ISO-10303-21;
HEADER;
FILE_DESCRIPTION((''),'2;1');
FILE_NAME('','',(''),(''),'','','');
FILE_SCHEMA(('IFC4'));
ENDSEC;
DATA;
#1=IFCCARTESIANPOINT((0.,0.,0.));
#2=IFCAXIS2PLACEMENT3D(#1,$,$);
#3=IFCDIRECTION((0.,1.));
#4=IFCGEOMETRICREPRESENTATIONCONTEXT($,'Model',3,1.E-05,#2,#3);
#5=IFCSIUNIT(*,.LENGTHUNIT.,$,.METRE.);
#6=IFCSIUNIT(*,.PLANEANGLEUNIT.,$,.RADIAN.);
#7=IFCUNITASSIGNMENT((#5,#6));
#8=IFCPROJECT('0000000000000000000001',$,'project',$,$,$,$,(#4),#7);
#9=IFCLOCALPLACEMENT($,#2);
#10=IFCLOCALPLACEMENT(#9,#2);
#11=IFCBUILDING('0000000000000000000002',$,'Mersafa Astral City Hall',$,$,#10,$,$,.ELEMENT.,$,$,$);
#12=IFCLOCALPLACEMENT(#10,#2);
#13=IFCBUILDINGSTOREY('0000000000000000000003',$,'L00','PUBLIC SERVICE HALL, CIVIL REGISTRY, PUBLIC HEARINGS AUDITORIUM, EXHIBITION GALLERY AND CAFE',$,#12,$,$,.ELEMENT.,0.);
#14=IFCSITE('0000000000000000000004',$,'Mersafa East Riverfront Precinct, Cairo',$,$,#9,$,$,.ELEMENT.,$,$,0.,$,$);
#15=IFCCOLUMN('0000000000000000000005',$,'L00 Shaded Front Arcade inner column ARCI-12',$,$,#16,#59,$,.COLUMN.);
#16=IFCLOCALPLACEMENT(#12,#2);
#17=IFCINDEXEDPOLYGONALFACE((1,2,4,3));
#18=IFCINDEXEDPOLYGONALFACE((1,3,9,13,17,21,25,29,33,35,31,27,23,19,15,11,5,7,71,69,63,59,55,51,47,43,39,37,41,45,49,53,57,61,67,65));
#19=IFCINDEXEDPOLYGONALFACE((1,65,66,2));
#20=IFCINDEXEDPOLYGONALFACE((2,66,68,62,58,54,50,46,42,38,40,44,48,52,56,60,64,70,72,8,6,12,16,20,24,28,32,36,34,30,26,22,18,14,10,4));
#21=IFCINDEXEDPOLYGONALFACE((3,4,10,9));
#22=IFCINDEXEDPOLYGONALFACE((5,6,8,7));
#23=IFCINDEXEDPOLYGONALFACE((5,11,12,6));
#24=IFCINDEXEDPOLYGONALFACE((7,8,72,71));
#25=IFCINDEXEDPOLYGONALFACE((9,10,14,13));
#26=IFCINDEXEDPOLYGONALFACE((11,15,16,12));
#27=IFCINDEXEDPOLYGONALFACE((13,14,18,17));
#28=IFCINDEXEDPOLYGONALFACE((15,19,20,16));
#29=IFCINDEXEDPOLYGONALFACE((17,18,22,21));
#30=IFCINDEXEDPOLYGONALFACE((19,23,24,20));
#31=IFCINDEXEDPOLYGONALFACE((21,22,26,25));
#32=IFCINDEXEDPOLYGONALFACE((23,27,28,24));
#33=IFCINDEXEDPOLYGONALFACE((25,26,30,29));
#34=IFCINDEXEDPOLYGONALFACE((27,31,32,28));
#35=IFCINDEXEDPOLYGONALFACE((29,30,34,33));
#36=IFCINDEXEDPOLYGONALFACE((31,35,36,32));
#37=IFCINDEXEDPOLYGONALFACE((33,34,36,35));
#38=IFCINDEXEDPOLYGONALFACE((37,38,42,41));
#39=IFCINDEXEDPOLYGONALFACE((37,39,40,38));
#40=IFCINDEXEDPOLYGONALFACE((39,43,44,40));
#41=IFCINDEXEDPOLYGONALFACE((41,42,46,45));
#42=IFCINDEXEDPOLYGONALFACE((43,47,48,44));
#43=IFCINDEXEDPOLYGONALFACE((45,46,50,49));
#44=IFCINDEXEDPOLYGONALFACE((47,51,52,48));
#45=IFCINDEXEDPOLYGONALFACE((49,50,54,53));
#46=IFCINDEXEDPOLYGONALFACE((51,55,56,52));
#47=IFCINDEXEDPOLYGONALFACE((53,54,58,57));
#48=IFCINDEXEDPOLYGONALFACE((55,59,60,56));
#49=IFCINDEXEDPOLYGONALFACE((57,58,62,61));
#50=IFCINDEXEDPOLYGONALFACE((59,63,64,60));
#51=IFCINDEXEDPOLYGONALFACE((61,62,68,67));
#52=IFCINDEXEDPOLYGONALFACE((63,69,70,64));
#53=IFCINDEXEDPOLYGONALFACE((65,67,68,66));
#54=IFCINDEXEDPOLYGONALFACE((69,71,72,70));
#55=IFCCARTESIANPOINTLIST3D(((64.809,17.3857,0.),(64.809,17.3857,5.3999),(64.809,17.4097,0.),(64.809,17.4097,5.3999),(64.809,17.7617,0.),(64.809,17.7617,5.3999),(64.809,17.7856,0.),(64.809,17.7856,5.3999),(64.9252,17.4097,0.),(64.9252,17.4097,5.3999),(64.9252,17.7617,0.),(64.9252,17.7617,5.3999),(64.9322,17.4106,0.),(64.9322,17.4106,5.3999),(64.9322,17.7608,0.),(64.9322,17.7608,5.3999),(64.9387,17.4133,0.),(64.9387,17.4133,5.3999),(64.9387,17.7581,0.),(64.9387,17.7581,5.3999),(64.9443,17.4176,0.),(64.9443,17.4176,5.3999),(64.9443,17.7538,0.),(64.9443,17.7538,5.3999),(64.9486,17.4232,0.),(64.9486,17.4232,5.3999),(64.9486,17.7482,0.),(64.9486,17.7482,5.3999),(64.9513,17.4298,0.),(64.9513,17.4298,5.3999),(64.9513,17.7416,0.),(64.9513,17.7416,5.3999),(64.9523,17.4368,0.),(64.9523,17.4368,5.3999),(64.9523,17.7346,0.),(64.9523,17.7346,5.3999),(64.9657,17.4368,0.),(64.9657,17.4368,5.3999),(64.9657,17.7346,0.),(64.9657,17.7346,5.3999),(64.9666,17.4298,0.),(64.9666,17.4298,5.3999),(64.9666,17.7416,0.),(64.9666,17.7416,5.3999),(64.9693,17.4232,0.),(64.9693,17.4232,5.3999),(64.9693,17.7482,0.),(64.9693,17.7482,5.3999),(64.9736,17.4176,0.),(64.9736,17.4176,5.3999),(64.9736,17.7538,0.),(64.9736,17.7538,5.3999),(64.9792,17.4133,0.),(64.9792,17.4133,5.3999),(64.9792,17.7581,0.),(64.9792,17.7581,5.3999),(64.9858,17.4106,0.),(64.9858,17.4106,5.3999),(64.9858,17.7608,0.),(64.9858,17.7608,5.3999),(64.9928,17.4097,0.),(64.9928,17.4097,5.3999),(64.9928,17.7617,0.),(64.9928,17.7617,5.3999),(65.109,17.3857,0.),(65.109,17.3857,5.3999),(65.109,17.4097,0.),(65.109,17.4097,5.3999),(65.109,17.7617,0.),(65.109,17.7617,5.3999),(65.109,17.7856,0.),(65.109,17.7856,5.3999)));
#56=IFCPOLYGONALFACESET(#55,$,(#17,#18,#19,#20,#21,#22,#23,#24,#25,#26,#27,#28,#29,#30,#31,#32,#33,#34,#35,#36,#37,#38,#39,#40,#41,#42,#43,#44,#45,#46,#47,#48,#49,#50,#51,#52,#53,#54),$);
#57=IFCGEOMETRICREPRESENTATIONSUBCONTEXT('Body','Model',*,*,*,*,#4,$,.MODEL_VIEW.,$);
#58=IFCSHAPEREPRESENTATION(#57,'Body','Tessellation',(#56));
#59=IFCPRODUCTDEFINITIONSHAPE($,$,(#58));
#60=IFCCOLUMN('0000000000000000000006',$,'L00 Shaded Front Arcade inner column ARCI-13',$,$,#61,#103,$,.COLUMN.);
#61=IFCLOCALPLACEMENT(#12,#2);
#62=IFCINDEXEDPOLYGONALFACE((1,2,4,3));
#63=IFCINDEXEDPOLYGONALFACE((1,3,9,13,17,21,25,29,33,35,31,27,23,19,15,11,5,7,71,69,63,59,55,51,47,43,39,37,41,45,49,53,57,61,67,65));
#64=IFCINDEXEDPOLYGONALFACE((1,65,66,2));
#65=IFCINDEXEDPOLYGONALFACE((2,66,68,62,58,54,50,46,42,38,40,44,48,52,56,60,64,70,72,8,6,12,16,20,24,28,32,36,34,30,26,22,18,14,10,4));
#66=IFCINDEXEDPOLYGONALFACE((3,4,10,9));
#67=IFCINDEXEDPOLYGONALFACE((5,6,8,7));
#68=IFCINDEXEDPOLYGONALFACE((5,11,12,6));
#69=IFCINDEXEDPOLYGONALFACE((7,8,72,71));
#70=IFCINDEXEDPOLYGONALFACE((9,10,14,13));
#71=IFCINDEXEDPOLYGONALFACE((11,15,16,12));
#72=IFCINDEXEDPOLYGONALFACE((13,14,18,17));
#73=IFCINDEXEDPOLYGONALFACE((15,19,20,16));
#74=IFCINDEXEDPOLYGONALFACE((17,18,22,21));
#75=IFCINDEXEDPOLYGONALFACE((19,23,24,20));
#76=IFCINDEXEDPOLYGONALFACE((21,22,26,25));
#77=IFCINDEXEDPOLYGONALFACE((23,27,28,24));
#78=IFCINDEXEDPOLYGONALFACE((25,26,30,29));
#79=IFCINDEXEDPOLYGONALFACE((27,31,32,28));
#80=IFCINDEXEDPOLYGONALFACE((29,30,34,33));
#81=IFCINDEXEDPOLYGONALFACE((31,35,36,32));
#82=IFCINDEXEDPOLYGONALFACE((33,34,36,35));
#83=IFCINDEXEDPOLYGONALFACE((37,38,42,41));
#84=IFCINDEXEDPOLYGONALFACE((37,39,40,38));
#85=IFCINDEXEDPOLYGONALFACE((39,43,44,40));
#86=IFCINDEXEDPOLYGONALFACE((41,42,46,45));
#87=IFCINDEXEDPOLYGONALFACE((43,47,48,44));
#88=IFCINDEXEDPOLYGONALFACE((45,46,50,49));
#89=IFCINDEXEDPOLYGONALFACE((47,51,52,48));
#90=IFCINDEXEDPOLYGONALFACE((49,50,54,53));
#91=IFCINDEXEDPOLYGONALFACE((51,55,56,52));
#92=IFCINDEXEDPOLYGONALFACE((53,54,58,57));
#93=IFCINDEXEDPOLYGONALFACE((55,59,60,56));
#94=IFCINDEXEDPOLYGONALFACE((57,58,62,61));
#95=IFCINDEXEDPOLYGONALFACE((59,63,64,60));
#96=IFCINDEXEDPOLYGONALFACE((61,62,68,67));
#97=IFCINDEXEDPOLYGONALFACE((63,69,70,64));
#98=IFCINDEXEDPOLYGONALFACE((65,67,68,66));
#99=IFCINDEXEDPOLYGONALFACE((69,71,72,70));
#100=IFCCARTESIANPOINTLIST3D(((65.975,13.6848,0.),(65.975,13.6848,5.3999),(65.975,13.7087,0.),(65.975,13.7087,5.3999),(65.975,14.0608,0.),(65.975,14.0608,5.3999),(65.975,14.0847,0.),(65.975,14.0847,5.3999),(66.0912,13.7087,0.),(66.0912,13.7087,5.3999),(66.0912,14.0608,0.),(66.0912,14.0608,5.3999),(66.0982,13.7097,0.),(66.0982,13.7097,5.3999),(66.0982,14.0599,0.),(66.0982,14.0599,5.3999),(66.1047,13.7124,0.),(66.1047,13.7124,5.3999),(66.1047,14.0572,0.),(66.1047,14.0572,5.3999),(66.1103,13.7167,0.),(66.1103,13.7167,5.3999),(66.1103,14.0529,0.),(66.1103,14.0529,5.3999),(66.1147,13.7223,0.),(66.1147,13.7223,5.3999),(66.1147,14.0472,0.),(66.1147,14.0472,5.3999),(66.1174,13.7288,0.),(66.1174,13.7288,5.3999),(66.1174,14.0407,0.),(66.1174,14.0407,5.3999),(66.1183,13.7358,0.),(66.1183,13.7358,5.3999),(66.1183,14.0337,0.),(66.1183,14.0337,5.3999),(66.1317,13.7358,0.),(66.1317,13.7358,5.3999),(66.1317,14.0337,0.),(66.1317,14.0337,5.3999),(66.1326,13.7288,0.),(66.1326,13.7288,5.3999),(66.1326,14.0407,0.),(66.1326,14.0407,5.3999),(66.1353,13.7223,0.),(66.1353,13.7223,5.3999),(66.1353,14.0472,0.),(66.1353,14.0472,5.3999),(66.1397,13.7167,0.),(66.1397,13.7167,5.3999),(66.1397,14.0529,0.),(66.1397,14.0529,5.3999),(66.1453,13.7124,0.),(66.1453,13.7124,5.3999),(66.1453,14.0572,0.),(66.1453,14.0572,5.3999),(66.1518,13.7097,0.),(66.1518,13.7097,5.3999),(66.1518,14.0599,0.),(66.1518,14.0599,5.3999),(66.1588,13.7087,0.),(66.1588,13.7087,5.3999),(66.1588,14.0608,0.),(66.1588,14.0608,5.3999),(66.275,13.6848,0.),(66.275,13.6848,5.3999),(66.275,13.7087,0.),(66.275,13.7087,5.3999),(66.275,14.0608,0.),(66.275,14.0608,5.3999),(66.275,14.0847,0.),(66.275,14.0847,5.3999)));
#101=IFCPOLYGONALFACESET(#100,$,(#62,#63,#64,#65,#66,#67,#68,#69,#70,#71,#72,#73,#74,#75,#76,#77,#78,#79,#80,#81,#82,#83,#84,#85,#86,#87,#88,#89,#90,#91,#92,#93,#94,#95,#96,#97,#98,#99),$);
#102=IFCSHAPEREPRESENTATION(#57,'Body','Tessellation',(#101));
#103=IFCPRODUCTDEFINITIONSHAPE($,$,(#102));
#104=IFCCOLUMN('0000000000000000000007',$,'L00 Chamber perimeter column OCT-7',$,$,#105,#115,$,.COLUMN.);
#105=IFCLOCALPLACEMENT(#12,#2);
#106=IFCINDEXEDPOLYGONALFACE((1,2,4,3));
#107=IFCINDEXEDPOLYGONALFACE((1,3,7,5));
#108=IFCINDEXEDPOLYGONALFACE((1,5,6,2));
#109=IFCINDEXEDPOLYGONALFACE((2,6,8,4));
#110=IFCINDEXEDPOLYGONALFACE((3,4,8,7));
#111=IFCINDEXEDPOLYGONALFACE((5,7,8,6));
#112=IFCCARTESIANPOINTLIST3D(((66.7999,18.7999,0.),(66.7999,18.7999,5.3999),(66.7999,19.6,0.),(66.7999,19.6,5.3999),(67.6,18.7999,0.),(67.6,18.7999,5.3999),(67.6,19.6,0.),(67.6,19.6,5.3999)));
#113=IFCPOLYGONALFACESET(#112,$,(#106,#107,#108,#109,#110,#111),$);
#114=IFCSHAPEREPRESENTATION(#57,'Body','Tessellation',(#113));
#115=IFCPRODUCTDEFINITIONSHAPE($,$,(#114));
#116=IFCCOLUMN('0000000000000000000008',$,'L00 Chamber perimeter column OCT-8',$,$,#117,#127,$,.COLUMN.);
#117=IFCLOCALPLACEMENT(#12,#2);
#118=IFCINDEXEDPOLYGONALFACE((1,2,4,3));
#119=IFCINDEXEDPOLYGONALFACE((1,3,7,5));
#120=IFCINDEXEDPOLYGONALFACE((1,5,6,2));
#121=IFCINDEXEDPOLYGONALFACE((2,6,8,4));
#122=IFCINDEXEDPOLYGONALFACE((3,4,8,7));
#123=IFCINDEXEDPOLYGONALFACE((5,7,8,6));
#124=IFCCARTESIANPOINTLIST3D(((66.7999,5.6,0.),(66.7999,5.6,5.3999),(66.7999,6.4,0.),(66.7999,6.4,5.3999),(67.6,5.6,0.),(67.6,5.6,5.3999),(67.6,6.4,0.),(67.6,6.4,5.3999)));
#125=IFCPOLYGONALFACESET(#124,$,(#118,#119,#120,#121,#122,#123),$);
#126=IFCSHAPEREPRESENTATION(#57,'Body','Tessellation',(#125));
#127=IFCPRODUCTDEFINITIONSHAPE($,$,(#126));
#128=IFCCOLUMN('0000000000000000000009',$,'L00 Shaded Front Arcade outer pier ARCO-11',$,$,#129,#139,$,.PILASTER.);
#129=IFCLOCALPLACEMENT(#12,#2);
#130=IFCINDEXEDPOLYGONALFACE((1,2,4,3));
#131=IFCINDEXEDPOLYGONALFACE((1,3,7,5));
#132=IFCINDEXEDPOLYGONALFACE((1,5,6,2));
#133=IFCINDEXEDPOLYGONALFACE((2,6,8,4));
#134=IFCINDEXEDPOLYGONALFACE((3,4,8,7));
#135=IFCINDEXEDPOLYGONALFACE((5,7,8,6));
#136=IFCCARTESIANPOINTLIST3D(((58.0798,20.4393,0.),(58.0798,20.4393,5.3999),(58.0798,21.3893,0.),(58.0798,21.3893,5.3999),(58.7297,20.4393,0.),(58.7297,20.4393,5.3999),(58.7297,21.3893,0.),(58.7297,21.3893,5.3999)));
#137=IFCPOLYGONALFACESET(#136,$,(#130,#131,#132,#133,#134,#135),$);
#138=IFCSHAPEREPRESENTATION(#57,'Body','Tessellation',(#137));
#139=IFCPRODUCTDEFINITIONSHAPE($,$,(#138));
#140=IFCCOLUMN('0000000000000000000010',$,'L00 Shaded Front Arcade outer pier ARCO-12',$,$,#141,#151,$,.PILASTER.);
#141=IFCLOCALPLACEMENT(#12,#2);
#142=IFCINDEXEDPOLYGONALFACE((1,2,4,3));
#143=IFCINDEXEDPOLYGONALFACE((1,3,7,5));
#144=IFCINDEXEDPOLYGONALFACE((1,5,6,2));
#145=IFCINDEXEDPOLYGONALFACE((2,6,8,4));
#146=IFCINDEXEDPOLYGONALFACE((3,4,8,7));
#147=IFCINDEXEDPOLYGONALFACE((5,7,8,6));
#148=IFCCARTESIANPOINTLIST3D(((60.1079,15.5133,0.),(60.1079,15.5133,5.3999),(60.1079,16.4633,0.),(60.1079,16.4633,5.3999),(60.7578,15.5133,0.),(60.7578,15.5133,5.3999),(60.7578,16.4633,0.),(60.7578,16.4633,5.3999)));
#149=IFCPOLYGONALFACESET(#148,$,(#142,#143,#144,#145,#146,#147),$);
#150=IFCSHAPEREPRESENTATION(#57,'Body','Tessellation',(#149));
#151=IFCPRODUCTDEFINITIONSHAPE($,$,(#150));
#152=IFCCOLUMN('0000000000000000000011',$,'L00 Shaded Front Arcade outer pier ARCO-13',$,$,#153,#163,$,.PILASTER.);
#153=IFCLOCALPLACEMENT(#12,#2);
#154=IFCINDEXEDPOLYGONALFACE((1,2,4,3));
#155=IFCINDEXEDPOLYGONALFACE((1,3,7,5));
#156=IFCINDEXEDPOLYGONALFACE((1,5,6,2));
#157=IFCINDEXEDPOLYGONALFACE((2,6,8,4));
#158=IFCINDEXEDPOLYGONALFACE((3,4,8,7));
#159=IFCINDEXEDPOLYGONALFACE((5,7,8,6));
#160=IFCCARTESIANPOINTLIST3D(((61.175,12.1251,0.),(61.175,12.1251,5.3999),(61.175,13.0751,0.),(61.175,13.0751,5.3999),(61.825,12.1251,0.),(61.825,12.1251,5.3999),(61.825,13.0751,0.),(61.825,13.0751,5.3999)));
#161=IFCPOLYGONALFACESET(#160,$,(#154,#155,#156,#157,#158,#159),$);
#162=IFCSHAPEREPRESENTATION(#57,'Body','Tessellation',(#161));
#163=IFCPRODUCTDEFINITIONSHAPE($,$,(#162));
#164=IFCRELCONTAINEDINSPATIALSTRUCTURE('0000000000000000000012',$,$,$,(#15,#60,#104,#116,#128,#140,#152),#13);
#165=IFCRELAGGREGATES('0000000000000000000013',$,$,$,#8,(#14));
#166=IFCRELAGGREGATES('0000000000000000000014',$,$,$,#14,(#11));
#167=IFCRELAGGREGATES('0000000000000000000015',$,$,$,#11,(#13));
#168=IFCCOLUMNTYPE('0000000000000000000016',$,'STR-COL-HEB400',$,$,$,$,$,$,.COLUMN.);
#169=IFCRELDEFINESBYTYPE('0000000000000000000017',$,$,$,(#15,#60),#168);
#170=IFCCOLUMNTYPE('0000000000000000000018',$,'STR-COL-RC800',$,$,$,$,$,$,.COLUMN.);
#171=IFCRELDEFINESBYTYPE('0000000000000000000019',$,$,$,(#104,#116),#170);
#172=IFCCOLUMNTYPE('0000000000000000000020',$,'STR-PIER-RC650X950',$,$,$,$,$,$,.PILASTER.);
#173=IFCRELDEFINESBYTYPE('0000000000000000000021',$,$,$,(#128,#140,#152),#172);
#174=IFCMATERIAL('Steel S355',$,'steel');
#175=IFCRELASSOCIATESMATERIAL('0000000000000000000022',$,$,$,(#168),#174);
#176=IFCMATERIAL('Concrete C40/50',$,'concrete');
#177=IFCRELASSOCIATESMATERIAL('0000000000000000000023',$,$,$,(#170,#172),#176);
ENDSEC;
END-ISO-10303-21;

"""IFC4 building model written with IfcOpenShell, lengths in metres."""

from ifc_helpers import new_model, si_unit, direction, frame, origin, origin_2d, place, context, subcontext, project, spatial, rectangle, i_section, extrude, material, material_profile, profile_set, type_object, element, save


model = new_model("IFC4")

# Units and contexts
model_context = context("Model", 3, precision=1e-05, world=origin(), true_north=direction((0.0, 1.0)))
body_context = subcontext(model_context, "Body", "Model", "MODEL_VIEW")
ifc_project = project(units=[si_unit("LENGTHUNIT", "METRE"), si_unit("PLANEANGLEUNIT", "RADIAN")], contexts=[model_context])

# Site, building, storey
site_placement = place(None, origin())
site = spatial("IfcSite", under=ifc_project, at=site_placement, Name="Mersafa East Riverfront Precinct, Cairo", CompositionType="ELEMENT", RefElevation=0.0)
building_placement = place(site_placement, origin())
building = spatial("IfcBuilding", under=site, at=building_placement, Name="Mersafa Astral City Hall", CompositionType="ELEMENT")
storey_placement = place(building_placement, origin())
storey = spatial("IfcBuildingStorey", under=building, at=storey_placement, Name="L00", Description="PUBLIC SERVICE HALL, CIVIL REGISTRY, PUBLIC HEARINGS AUDITORIUM, EXHIBITION GALLERY AND CAFE", CompositionType="ELEMENT", Elevation=0.0)

# Columns
ifc_material_1 = material(Name="Steel S355", Category="steel")
ifc_material_profile_1 = material_profile(ifc_material_1, i_section(OverallWidth=0.3, OverallDepth=0.3999, WebThickness=0.0134, FlangeThickness=0.0239, FilletRadius=0.0271, at=origin_2d()), Name="HEB 400")
ifc_profile_set_1 = profile_set([ifc_material_profile_1], Name="Steel S355")
column_type_1 = type_object("IfcColumnType", Name="STR-COL-HEB400", PredefinedType="COLUMN", material=ifc_profile_set_1)
for number, where, z_axis, x_axis, name in (
    (1, (64.959, 17.5857, 0.0), (0.0, 0.0, 1.0), (1.0, 0.0, 0.0), "L00 Shaded Front Arcade inner column ARCI-12"),
    (2, (66.125, 13.8848, 0.0), (0.0, 0.0, 1.0), (1.0, 0.0, 0.0), "L00 Shaded Front Arcade inner column ARCI-13"),
):
    element("IfcColumn", number, at=place(storey_placement, frame(where, z_axis=z_axis, x_axis=x_axis)), inside=storey, type_object=column_type_1, Name=name, PredefinedType="COLUMN", context=body_context, shape_type="SweptSolid", body=[
        extrude(i_section(OverallWidth=0.3, OverallDepth=0.3999, WebThickness=0.0134, FlangeThickness=0.0239, FilletRadius=0.0271, at=origin_2d()), origin(), (0.0, 0.0, 1.0), 5.3999),
    ])
ifc_material_2 = material(Name="Concrete C40/50", Category="concrete")
ifc_material_profile_2 = material_profile(ifc_material_2, rectangle(XDim=0.8, YDim=0.8, at=origin_2d()), Name="RC 800x800")
ifc_profile_set_2 = profile_set([ifc_material_profile_2], Name="Concrete C40/50")
column_type_2 = type_object("IfcColumnType", Name="STR-COL-RC800", PredefinedType="COLUMN", material=ifc_profile_set_2)
for number, where, z_axis, x_axis, name in (
    (3, (67.2, 19.2, 0.0), (0.0, 0.0, 1.0), (1.0, 0.0, 0.0), "L00 Chamber perimeter column OCT-7"),
    (4, (67.2, 6.0, 0.0), (0.0, 0.0, 1.0), (1.0, 0.0, 0.0), "L00 Chamber perimeter column OCT-8"),
):
    element("IfcColumn", number, at=place(storey_placement, frame(where, z_axis=z_axis, x_axis=x_axis)), inside=storey, type_object=column_type_2, Name=name, PredefinedType="COLUMN", context=body_context, shape_type="SweptSolid", body=[
        extrude(rectangle(XDim=0.8, YDim=0.8, at=origin_2d()), origin(), (0.0, 0.0, 1.0), 5.3999),
    ])
ifc_material_profile_3 = material_profile(ifc_material_2, rectangle(XDim=0.6499, YDim=0.95, at=origin_2d()), Name="RC 650x950")
ifc_profile_set_3 = profile_set([ifc_material_profile_3], Name="Concrete C40/50")
column_type_3 = type_object("IfcColumnType", Name="STR-PIER-RC650X950", PredefinedType="PILASTER", material=ifc_profile_set_3)
for number, where, z_axis, x_axis, name in (
    (5, (58.4048, 20.9143, 0.0), (0.0, 0.0, 1.0), (1.0, 0.0, 0.0), "L00 Shaded Front Arcade outer pier ARCO-11"),
    (6, (60.4329, 15.9883, 0.0), (0.0, 0.0, 1.0), (1.0, 0.0, 0.0), "L00 Shaded Front Arcade outer pier ARCO-12"),
    (7, (61.5, 12.6001, 0.0), (0.0, 0.0, 1.0), (1.0, 0.0, 0.0), "L00 Shaded Front Arcade outer pier ARCO-13"),
):
    element("IfcColumn", number, at=place(storey_placement, frame(where, z_axis=z_axis, x_axis=x_axis)), inside=storey, type_object=column_type_3, Name=name, PredefinedType="PILASTER", context=body_context, shape_type="SweptSolid", body=[
        extrude(rectangle(XDim=0.6499, YDim=0.95, at=origin_2d()), origin(), (0.0, 0.0, 1.0), 5.3999),
    ])

save(model, "model.ifc")
